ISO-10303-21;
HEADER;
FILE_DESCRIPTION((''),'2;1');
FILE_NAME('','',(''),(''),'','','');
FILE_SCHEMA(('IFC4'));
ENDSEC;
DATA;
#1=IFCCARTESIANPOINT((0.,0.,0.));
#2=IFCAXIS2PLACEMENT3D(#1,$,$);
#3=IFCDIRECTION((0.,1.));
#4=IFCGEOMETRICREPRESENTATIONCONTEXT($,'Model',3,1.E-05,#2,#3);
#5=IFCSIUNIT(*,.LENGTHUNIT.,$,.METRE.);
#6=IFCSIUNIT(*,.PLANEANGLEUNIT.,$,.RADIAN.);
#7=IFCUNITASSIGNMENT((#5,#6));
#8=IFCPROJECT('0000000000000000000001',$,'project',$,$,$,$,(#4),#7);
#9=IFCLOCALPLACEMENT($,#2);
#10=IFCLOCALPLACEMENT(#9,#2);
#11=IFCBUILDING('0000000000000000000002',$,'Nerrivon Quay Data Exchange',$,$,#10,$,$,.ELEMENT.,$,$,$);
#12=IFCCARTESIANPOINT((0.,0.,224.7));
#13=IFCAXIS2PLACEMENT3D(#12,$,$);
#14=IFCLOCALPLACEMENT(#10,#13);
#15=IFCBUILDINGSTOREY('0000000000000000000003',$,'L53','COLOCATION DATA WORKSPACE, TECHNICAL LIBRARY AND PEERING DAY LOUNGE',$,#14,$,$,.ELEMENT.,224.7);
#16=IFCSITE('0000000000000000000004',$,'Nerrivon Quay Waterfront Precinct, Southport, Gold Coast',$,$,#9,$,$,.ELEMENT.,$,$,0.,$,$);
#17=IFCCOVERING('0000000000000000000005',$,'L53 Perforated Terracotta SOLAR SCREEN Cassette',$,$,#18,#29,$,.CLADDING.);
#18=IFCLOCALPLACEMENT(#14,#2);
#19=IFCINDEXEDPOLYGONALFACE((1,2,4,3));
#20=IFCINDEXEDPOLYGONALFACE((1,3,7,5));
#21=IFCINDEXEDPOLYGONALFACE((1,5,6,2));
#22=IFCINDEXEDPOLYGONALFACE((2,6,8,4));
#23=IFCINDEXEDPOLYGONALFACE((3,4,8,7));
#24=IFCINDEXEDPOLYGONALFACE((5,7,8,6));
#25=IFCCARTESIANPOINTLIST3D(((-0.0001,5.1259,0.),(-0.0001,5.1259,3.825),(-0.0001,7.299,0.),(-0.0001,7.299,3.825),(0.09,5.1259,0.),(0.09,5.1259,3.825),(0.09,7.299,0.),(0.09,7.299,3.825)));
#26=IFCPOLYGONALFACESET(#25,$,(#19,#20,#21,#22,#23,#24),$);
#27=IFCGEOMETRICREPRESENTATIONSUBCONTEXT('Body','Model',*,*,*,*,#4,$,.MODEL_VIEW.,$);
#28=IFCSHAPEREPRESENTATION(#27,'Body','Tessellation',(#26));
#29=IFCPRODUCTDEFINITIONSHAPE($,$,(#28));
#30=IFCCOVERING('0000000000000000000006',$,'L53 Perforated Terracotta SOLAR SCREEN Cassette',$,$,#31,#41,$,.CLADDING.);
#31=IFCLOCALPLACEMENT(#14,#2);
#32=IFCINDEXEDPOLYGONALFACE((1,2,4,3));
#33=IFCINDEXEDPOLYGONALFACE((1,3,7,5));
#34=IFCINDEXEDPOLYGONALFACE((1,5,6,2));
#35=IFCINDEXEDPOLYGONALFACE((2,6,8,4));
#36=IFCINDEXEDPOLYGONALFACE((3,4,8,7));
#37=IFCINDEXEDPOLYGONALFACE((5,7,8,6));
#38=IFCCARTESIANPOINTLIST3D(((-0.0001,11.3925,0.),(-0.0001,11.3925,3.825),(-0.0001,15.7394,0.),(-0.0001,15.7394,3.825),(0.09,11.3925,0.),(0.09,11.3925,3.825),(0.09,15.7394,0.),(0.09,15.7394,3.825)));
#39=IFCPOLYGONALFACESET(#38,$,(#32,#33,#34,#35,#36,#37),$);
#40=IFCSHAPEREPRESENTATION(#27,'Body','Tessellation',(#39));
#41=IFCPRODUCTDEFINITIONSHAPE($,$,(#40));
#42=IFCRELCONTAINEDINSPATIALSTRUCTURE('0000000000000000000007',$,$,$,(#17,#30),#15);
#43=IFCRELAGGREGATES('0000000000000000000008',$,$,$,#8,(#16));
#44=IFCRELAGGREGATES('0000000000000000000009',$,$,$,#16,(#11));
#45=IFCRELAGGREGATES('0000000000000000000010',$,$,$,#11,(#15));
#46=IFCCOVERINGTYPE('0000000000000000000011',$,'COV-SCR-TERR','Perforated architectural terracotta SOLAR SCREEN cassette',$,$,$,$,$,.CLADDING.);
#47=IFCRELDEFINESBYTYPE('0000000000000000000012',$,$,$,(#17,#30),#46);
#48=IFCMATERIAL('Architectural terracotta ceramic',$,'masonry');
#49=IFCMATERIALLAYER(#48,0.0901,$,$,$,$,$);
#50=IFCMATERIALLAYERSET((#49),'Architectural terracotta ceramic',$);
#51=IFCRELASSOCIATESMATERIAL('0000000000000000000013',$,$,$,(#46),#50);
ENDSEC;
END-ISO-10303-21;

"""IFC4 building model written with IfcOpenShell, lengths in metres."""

from ifc_helpers import new_model, si_unit, direction, frame, origin, origin_2d, place, context, subcontext, project, spatial, rectangle, extrude, material, layer, layer_set, type_object, element, save


model = new_model("IFC4")

# Units and contexts
model_context = context("Model", 3, precision=1e-05, world=origin(), true_north=direction((0.0, 1.0)))
body_context = subcontext(model_context, "Body", "Model", "MODEL_VIEW")
ifc_project = project(units=[si_unit("LENGTHUNIT", "METRE"), si_unit("PLANEANGLEUNIT", "RADIAN")], contexts=[model_context])

# Site, building, storey
site_placement = place(None, origin())
site = spatial("IfcSite", under=ifc_project, at=site_placement, Name="Nerrivon Quay Waterfront Precinct, Southport, Gold Coast", CompositionType="ELEMENT", RefElevation=0.0)
building_placement = place(site_placement, origin())
building = spatial("IfcBuilding", under=site, at=building_placement, Name="Nerrivon Quay Data Exchange", CompositionType="ELEMENT")
storey_placement = place(building_placement, frame((0.0, 0.0, 224.7)))
storey = spatial("IfcBuildingStorey", under=building, at=storey_placement, Name="L53", Description="COLOCATION DATA WORKSPACE, TECHNICAL LIBRARY AND PEERING DAY LOUNGE", CompositionType="ELEMENT", Elevation=224.7)

# Coverings
ifc_material_1 = material(Name="Architectural terracotta ceramic", Category="masonry")
ifc_layer_1 = layer(ifc_material_1, 0.0901)
ifc_layer_set_1 = layer_set([ifc_layer_1], Name="Architectural terracotta ceramic")
covering_type = type_object("IfcCoveringType", Name="COV-SCR-TERR", Description="Perforated architectural terracotta SOLAR SCREEN cassette", PredefinedType="CLADDING", material=ifc_layer_set_1)
covering_1_placement = place(storey_placement, frame((0.0449, 6.2124, 0.0), z_axis=(0.0, 0.0, 1.0), x_axis=(0.0, 1.0, 0.0)))
element("IfcCovering", 1, at=covering_1_placement, inside=storey, type_object=covering_type, Name="L53 Perforated Terracotta SOLAR SCREEN Cassette", PredefinedType="CLADDING", context=body_context, shape_type="SweptSolid", body=[
    extrude(rectangle(XDim=2.1731, YDim=0.0901, at=origin_2d()), origin(), (0.0, 0.0, 1.0), 3.825),
])
covering_2_placement = place(storey_placement, frame((0.0449, 13.5659, 0.0), z_axis=(0.0, 0.0, 1.0), x_axis=(0.0, 1.0, 0.0)))
element("IfcCovering", 2, at=covering_2_placement, inside=storey, type_object=covering_type, Name="L53 Perforated Terracotta SOLAR SCREEN Cassette", PredefinedType="CLADDING", context=body_context, shape_type="SweptSolid", body=[
    extrude(rectangle(XDim=4.3469, YDim=0.0901, at=origin_2d()), origin(), (0.0, 0.0, 1.0), 3.825),
])

save(model, "model.ifc")
